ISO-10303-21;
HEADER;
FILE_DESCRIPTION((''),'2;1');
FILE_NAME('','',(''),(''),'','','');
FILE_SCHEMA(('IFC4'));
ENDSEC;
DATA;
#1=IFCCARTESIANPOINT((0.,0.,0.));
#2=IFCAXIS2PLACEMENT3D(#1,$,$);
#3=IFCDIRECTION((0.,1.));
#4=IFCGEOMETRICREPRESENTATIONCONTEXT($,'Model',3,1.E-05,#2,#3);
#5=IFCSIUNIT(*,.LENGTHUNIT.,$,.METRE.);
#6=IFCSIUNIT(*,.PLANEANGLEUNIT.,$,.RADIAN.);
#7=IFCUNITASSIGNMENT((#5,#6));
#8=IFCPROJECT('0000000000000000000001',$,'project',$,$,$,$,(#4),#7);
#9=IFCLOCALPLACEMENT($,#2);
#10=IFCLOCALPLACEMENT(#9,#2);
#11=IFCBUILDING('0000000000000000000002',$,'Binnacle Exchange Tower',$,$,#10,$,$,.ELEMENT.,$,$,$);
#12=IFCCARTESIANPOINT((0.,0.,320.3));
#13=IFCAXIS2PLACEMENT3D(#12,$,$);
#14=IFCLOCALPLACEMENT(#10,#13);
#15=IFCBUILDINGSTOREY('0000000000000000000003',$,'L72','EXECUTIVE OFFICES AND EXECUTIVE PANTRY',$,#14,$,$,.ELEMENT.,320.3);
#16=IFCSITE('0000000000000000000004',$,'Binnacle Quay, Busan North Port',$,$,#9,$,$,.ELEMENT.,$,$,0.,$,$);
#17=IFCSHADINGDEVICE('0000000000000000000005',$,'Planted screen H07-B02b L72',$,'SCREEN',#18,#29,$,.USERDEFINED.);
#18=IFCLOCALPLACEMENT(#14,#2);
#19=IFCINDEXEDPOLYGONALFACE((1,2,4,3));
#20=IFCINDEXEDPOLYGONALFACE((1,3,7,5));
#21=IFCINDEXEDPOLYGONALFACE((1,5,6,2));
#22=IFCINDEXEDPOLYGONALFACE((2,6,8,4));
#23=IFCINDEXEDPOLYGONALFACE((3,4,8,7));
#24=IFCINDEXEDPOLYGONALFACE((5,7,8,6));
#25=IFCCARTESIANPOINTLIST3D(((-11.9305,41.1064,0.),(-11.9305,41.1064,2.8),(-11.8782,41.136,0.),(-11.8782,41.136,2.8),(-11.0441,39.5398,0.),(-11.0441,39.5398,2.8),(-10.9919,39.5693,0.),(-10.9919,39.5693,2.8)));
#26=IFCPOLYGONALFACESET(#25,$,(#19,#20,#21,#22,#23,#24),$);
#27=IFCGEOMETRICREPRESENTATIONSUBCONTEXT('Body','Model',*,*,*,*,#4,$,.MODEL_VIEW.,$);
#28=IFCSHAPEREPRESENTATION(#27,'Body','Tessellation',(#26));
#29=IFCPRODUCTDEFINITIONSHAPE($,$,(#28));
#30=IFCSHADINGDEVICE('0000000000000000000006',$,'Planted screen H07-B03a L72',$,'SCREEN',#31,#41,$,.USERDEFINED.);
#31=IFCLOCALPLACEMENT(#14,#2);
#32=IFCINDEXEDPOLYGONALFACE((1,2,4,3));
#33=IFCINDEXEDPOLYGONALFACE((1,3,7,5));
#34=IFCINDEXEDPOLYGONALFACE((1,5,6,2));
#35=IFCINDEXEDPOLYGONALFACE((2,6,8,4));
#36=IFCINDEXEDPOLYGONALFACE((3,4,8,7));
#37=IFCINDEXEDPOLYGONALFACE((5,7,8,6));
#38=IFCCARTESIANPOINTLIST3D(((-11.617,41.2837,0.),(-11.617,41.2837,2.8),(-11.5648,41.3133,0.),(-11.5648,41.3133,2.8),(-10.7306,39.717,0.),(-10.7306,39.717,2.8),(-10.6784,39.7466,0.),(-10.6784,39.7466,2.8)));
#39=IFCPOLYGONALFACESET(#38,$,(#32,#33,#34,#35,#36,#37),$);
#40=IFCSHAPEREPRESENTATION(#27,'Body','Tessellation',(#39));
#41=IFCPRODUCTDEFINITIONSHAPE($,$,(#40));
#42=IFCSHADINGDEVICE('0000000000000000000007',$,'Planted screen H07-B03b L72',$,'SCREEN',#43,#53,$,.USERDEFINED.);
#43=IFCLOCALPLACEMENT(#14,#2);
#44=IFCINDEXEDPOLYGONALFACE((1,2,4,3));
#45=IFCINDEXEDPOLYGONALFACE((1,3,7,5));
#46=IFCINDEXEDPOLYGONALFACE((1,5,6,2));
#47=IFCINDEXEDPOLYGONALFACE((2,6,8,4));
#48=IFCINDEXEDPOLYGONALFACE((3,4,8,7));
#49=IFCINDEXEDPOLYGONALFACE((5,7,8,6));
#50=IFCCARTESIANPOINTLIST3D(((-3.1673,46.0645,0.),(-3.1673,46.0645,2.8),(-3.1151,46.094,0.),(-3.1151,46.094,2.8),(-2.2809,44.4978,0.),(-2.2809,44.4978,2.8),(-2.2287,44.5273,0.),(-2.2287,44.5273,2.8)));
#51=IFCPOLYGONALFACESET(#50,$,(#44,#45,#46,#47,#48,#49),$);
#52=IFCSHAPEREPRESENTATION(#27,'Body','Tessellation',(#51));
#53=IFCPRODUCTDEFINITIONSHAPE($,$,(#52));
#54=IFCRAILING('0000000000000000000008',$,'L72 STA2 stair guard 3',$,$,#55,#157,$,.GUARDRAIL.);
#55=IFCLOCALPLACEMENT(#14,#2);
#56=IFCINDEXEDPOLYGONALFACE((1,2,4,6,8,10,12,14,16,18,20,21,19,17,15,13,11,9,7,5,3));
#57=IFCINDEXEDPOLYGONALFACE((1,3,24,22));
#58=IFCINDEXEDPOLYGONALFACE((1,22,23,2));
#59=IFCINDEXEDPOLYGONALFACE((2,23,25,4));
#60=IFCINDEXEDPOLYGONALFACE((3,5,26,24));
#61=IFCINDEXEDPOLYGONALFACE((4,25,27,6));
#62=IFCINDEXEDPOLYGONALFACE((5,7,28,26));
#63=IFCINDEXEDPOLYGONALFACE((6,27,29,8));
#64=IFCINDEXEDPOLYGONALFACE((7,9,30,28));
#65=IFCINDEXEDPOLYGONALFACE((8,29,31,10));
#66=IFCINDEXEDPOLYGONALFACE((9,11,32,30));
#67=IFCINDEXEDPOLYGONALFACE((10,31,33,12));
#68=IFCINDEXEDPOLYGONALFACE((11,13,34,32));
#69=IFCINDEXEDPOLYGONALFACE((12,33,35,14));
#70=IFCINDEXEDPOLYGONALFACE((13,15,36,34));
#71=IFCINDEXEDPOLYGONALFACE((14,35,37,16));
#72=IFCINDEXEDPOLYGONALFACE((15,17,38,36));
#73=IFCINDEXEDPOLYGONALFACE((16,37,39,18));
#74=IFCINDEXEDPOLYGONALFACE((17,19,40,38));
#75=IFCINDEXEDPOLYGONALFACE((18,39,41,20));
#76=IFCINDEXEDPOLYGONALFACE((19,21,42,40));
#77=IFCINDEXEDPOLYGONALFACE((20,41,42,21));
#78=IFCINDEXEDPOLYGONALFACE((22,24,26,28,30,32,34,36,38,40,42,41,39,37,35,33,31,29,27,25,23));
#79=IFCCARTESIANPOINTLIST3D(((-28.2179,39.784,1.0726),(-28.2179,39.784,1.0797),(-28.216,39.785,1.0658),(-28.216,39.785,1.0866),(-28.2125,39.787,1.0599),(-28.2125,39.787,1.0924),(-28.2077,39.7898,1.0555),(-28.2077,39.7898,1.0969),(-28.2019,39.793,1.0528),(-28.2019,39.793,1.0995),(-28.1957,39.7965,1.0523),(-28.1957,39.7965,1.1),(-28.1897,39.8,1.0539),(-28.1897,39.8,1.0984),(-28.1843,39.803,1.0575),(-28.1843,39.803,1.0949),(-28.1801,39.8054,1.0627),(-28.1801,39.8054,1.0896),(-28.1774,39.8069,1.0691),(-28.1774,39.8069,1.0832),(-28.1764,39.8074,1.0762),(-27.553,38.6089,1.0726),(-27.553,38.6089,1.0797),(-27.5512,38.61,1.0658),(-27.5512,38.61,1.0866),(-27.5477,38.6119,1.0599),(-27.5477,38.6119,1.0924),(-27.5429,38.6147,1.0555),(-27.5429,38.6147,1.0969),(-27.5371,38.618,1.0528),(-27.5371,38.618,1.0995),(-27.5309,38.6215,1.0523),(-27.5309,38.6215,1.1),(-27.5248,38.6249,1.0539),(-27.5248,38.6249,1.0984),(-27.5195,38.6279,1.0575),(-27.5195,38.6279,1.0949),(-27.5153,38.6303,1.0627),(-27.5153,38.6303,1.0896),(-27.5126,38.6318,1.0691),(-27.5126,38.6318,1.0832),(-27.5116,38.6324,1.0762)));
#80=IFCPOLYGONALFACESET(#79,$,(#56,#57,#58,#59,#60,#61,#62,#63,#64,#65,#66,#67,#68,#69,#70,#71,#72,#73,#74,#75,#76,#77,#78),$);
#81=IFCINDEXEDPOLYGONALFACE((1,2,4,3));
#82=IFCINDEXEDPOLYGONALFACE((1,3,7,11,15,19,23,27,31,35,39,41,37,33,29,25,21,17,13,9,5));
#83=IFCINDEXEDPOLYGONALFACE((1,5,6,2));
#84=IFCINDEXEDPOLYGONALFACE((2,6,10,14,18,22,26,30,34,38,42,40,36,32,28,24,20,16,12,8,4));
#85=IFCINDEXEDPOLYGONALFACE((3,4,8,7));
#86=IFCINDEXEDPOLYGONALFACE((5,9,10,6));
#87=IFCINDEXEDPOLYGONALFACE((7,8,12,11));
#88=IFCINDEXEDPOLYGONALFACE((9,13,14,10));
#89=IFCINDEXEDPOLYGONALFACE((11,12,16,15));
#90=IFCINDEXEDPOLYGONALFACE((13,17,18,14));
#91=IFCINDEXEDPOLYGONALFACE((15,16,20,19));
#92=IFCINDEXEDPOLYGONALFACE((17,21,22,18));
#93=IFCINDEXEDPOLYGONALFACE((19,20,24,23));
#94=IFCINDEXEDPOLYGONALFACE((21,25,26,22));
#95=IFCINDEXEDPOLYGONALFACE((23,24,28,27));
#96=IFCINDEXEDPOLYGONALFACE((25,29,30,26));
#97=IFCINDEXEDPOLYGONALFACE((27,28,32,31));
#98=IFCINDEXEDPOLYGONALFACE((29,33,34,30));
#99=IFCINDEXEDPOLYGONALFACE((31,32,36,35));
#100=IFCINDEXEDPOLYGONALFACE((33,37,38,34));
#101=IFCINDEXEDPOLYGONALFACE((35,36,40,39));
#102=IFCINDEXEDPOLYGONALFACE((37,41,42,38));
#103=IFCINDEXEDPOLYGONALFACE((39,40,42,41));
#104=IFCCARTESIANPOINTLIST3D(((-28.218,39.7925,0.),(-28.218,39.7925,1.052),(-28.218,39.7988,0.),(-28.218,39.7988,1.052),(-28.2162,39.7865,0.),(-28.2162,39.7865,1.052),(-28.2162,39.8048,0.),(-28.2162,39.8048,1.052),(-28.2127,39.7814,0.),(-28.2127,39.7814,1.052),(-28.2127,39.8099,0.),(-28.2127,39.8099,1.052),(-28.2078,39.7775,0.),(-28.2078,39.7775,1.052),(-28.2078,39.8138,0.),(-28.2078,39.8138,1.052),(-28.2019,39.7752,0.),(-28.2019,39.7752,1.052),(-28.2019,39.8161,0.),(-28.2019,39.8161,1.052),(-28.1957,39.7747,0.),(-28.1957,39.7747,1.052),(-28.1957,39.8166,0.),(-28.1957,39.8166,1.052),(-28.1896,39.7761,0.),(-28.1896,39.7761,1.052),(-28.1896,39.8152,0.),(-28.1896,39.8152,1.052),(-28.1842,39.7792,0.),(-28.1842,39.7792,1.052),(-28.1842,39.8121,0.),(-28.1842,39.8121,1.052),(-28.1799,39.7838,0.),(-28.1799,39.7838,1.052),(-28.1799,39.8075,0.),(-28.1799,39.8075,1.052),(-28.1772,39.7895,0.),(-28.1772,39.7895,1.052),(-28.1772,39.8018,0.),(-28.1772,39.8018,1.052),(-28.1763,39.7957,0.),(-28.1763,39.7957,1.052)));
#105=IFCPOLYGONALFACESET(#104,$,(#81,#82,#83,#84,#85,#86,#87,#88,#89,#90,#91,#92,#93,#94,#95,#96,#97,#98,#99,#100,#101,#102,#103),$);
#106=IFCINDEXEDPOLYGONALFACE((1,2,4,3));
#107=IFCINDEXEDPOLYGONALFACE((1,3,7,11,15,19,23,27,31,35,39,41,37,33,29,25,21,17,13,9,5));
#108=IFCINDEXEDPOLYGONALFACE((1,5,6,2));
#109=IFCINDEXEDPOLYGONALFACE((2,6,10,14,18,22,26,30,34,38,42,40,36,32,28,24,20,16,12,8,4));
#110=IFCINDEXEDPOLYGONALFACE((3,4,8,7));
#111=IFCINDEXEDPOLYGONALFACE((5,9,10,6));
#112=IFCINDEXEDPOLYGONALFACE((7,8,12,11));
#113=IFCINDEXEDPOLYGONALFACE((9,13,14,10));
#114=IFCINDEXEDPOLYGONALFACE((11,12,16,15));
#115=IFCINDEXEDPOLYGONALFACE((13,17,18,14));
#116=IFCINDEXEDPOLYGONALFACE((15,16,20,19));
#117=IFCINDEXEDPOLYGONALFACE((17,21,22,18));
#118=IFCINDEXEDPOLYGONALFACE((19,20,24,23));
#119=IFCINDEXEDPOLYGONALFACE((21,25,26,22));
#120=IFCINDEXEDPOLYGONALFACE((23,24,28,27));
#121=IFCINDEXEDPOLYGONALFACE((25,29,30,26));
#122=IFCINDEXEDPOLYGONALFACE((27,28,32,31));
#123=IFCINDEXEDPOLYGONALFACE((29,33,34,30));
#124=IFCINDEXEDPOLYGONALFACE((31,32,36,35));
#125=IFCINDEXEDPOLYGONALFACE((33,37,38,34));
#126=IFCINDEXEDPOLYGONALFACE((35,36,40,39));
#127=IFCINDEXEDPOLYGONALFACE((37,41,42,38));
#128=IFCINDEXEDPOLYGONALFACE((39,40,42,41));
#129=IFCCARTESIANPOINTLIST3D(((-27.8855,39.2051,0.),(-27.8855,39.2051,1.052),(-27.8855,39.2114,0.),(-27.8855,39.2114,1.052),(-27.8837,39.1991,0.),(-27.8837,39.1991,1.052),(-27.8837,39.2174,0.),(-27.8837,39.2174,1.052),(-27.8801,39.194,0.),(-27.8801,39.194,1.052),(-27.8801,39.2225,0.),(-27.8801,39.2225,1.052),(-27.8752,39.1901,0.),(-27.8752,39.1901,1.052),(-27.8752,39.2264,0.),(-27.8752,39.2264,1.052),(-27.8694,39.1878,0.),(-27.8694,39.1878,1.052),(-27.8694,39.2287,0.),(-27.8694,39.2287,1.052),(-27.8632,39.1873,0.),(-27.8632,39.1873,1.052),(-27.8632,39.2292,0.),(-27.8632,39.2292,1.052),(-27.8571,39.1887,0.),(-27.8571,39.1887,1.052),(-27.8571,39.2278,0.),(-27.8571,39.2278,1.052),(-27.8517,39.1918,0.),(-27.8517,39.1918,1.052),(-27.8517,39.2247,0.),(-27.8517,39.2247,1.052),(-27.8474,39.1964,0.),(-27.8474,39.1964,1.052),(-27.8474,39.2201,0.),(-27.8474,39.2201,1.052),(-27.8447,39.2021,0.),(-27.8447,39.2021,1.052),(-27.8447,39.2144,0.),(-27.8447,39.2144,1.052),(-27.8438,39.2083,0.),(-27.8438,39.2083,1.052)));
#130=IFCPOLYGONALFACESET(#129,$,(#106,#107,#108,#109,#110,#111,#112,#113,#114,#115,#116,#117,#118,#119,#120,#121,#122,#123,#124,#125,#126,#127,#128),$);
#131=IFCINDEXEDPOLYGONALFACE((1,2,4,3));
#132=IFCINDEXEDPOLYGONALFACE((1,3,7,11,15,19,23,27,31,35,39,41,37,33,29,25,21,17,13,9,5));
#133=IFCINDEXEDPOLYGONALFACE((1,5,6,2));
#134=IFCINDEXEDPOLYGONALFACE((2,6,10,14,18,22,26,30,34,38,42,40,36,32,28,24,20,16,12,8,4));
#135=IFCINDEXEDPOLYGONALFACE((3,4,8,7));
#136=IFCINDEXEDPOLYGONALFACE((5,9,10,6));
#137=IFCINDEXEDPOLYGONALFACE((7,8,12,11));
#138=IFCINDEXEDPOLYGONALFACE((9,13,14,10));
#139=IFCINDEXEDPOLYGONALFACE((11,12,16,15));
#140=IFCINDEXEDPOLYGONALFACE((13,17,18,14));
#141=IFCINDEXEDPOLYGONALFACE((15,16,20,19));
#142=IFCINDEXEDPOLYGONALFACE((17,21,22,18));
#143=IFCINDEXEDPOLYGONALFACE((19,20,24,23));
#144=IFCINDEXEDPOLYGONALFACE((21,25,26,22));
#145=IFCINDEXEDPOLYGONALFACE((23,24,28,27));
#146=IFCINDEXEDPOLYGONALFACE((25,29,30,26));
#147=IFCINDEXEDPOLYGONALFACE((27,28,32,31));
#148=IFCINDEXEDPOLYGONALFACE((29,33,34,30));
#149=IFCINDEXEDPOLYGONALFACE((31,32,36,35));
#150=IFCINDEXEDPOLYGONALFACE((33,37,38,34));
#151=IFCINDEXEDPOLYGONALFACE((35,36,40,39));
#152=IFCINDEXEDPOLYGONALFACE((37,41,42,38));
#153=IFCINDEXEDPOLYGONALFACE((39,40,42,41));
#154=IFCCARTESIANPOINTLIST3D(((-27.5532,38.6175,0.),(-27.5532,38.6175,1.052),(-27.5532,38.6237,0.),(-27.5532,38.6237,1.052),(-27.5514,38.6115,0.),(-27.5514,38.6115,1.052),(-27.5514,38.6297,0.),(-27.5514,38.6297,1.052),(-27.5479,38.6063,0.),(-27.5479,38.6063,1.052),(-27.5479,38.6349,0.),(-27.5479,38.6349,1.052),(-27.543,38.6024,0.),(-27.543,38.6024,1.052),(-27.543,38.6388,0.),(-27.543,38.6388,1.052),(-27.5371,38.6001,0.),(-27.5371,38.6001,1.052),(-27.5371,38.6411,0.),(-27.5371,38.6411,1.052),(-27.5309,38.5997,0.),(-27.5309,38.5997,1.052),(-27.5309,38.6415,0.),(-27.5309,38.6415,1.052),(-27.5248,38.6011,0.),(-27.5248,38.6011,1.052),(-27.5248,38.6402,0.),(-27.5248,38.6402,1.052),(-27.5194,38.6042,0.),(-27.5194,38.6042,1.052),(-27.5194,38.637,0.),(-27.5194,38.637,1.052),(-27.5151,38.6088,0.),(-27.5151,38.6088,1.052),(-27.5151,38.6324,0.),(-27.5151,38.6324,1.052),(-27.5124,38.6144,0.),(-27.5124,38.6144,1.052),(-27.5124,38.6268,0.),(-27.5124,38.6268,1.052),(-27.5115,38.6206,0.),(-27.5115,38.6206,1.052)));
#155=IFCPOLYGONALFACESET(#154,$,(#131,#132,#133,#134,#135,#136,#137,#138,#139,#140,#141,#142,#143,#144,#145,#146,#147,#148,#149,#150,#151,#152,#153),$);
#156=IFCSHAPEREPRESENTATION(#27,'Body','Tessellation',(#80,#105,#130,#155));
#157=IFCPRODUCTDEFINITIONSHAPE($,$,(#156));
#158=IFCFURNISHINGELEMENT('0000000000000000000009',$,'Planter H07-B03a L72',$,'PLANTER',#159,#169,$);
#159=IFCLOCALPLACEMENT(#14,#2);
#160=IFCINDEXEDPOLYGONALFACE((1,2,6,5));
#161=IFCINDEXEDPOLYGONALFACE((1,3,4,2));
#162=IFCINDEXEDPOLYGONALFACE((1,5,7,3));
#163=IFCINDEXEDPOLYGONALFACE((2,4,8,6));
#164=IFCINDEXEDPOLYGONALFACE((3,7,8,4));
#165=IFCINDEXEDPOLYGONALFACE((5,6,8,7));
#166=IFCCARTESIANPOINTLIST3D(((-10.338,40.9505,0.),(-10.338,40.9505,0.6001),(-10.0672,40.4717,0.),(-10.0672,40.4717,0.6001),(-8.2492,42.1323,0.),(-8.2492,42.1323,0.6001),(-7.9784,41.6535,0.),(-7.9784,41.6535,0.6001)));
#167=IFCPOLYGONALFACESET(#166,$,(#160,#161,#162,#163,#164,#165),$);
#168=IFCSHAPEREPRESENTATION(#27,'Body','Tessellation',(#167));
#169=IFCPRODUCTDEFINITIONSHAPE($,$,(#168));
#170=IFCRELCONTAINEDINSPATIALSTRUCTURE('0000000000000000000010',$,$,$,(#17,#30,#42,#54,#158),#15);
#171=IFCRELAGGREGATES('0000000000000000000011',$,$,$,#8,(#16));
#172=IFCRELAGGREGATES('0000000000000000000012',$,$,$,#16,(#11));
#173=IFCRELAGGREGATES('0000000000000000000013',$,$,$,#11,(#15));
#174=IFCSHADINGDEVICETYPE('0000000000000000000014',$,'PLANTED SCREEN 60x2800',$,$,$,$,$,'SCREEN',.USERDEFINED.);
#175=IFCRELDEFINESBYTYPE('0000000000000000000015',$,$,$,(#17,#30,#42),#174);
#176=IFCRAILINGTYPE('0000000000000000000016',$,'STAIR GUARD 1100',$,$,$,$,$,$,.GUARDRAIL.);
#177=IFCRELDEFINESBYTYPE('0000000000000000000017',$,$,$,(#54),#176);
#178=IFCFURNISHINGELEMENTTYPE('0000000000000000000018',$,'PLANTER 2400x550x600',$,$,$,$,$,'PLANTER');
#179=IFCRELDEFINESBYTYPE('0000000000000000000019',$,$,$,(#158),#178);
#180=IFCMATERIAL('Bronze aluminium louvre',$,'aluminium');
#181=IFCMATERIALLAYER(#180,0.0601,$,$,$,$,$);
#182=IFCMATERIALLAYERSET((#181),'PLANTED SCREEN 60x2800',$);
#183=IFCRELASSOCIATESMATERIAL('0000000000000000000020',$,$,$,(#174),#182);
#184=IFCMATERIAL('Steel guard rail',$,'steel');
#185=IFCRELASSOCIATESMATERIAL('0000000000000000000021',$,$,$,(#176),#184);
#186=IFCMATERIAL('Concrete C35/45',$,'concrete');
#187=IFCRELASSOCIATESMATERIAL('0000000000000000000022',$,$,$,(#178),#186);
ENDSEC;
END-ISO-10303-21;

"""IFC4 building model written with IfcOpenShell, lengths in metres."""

from ifc_helpers import new_model, si_unit, direction, frame, origin, origin_2d, place, context, subcontext, project, spatial, rectangle, circle, extrude, material, layer, layer_set, type_object, element, save


model = new_model("IFC4")

# Units and contexts
model_context = context("Model", 3, precision=1e-05, world=origin(), true_north=direction((0.0, 1.0)))
body_context = subcontext(model_context, "Body", "Model", "MODEL_VIEW")
ifc_project = project(units=[si_unit("LENGTHUNIT", "METRE"), si_unit("PLANEANGLEUNIT", "RADIAN")], contexts=[model_context])

# Site, building, storey
site_placement = place(None, origin())
site = spatial("IfcSite", under=ifc_project, at=site_placement, Name="Binnacle Quay, Busan North Port", CompositionType="ELEMENT", RefElevation=0.0)
building_placement = place(site_placement, origin())
building = spatial("IfcBuilding", under=site, at=building_placement, Name="Binnacle Exchange Tower", CompositionType="ELEMENT")
storey_placement = place(building_placement, frame((0.0, 0.0, 320.3)))
storey = spatial("IfcBuildingStorey", under=building, at=storey_placement, Name="L72", Description="EXECUTIVE OFFICES AND EXECUTIVE PANTRY", CompositionType="ELEMENT", Elevation=320.3)

# Shared definitions
ifc_material_1 = material(Name="Concrete C35/45", Category="concrete")

# Shading devices
ifc_material_2 = material(Name="Bronze aluminium louvre", Category="aluminium")
ifc_layer_1 = layer(ifc_material_2, 0.0601)
ifc_layer_set_1 = layer_set([ifc_layer_1], Name="PLANTED SCREEN 60x2800")
shading_device_type = type_object("IfcShadingDeviceType", Name="PLANTED SCREEN 60x2800", ElementType="SCREEN", PredefinedType="USERDEFINED", material=ifc_layer_set_1)
for number, where, z_axis, x_axis, name in (
    (1, (-11.4612, 40.3379, 0.0), (0.0, 0.0, 1.0), (0.870356, 0.492424, 0.0), "Planted screen H07-B02b L72"),
    (2, (-11.1477, 40.5151, 0.0), (0.0, 0.0, 1.0), (0.870356, 0.492424, 0.0), "Planted screen H07-B03a L72"),
    (3, (-2.698, 45.2959, 0.0), (0.0, 0.0, 1.0), (0.870356, 0.492424, 0.0), "Planted screen H07-B03b L72"),
):
    element("IfcShadingDevice", number, at=place(storey_placement, frame(where, z_axis=z_axis, x_axis=x_axis)), inside=storey, type_object=shading_device_type, Name=name, ObjectType="SCREEN", PredefinedType="USERDEFINED", context=body_context, shape_type="SweptSolid", body=[
        extrude(rectangle(XDim=0.0601, YDim=1.8, at=origin_2d()), origin(), (0.0, 0.0, 1.0), 2.8),
    ])

# Railing
ifc_material_3 = material(Name="Steel guard rail", Category="steel")
railing_type_1 = type_object("IfcRailingType", Name="STAIR GUARD 1100", PredefinedType="GUARDRAIL", material=ifc_material_3)
railing_1_placement = place(storey_placement, frame((-28.1973, 39.7957, 0.0)))
element("IfcRailing", 4, at=railing_1_placement, inside=storey, type_object=railing_type_1, Name="L72 STA2 stair guard 3", PredefinedType="GUARDRAIL", context=body_context, shape_type="SweptSolid", body=[
    extrude(circle(Radius=0.0239, at=origin_2d()), frame((0.0, 0.0, 1.0762), z_axis=(0.492415, -0.870361, 0.0), x_axis=(0.870361, 0.492415, 0.0)), (0.0, 0.0, 1.0), 1.3501),
    extrude(circle(Radius=0.021, at=origin_2d()), origin(), (0.0, 0.0, 1.0), 1.052),
    extrude(circle(Radius=0.021, at=origin_2d()), frame((0.3325, -0.5874, 0.0)), (0.0, 0.0, 1.0), 1.052),
    extrude(circle(Radius=0.021, at=origin_2d()), frame((0.6648, -1.175, 0.0)), (0.0, 0.0, 1.0), 1.052),
])

# Furnishing element
furnishing_element_type = type_object("IfcFurnishingElementType", Name="PLANTER 2400x550x600", ElementType="PLANTER", material=ifc_material_1)
furnishing_placement = place(storey_placement, frame((-9.1582, 41.302, 0.0), z_axis=(0.0, 0.0, 1.0), x_axis=(0.870356, 0.492424, 0.0)))
element("IfcFurnishingElement", 5, at=furnishing_placement, inside=storey, type_object=furnishing_element_type, Name="Planter H07-B03a L72", ObjectType="PLANTER", context=body_context, shape_type="SweptSolid", body=[
    extrude(rectangle(XDim=2.3999, YDim=0.55, at=origin_2d()), origin(), (0.0, 0.0, 1.0), 0.6001),
])

save(model, "model.ifc")
